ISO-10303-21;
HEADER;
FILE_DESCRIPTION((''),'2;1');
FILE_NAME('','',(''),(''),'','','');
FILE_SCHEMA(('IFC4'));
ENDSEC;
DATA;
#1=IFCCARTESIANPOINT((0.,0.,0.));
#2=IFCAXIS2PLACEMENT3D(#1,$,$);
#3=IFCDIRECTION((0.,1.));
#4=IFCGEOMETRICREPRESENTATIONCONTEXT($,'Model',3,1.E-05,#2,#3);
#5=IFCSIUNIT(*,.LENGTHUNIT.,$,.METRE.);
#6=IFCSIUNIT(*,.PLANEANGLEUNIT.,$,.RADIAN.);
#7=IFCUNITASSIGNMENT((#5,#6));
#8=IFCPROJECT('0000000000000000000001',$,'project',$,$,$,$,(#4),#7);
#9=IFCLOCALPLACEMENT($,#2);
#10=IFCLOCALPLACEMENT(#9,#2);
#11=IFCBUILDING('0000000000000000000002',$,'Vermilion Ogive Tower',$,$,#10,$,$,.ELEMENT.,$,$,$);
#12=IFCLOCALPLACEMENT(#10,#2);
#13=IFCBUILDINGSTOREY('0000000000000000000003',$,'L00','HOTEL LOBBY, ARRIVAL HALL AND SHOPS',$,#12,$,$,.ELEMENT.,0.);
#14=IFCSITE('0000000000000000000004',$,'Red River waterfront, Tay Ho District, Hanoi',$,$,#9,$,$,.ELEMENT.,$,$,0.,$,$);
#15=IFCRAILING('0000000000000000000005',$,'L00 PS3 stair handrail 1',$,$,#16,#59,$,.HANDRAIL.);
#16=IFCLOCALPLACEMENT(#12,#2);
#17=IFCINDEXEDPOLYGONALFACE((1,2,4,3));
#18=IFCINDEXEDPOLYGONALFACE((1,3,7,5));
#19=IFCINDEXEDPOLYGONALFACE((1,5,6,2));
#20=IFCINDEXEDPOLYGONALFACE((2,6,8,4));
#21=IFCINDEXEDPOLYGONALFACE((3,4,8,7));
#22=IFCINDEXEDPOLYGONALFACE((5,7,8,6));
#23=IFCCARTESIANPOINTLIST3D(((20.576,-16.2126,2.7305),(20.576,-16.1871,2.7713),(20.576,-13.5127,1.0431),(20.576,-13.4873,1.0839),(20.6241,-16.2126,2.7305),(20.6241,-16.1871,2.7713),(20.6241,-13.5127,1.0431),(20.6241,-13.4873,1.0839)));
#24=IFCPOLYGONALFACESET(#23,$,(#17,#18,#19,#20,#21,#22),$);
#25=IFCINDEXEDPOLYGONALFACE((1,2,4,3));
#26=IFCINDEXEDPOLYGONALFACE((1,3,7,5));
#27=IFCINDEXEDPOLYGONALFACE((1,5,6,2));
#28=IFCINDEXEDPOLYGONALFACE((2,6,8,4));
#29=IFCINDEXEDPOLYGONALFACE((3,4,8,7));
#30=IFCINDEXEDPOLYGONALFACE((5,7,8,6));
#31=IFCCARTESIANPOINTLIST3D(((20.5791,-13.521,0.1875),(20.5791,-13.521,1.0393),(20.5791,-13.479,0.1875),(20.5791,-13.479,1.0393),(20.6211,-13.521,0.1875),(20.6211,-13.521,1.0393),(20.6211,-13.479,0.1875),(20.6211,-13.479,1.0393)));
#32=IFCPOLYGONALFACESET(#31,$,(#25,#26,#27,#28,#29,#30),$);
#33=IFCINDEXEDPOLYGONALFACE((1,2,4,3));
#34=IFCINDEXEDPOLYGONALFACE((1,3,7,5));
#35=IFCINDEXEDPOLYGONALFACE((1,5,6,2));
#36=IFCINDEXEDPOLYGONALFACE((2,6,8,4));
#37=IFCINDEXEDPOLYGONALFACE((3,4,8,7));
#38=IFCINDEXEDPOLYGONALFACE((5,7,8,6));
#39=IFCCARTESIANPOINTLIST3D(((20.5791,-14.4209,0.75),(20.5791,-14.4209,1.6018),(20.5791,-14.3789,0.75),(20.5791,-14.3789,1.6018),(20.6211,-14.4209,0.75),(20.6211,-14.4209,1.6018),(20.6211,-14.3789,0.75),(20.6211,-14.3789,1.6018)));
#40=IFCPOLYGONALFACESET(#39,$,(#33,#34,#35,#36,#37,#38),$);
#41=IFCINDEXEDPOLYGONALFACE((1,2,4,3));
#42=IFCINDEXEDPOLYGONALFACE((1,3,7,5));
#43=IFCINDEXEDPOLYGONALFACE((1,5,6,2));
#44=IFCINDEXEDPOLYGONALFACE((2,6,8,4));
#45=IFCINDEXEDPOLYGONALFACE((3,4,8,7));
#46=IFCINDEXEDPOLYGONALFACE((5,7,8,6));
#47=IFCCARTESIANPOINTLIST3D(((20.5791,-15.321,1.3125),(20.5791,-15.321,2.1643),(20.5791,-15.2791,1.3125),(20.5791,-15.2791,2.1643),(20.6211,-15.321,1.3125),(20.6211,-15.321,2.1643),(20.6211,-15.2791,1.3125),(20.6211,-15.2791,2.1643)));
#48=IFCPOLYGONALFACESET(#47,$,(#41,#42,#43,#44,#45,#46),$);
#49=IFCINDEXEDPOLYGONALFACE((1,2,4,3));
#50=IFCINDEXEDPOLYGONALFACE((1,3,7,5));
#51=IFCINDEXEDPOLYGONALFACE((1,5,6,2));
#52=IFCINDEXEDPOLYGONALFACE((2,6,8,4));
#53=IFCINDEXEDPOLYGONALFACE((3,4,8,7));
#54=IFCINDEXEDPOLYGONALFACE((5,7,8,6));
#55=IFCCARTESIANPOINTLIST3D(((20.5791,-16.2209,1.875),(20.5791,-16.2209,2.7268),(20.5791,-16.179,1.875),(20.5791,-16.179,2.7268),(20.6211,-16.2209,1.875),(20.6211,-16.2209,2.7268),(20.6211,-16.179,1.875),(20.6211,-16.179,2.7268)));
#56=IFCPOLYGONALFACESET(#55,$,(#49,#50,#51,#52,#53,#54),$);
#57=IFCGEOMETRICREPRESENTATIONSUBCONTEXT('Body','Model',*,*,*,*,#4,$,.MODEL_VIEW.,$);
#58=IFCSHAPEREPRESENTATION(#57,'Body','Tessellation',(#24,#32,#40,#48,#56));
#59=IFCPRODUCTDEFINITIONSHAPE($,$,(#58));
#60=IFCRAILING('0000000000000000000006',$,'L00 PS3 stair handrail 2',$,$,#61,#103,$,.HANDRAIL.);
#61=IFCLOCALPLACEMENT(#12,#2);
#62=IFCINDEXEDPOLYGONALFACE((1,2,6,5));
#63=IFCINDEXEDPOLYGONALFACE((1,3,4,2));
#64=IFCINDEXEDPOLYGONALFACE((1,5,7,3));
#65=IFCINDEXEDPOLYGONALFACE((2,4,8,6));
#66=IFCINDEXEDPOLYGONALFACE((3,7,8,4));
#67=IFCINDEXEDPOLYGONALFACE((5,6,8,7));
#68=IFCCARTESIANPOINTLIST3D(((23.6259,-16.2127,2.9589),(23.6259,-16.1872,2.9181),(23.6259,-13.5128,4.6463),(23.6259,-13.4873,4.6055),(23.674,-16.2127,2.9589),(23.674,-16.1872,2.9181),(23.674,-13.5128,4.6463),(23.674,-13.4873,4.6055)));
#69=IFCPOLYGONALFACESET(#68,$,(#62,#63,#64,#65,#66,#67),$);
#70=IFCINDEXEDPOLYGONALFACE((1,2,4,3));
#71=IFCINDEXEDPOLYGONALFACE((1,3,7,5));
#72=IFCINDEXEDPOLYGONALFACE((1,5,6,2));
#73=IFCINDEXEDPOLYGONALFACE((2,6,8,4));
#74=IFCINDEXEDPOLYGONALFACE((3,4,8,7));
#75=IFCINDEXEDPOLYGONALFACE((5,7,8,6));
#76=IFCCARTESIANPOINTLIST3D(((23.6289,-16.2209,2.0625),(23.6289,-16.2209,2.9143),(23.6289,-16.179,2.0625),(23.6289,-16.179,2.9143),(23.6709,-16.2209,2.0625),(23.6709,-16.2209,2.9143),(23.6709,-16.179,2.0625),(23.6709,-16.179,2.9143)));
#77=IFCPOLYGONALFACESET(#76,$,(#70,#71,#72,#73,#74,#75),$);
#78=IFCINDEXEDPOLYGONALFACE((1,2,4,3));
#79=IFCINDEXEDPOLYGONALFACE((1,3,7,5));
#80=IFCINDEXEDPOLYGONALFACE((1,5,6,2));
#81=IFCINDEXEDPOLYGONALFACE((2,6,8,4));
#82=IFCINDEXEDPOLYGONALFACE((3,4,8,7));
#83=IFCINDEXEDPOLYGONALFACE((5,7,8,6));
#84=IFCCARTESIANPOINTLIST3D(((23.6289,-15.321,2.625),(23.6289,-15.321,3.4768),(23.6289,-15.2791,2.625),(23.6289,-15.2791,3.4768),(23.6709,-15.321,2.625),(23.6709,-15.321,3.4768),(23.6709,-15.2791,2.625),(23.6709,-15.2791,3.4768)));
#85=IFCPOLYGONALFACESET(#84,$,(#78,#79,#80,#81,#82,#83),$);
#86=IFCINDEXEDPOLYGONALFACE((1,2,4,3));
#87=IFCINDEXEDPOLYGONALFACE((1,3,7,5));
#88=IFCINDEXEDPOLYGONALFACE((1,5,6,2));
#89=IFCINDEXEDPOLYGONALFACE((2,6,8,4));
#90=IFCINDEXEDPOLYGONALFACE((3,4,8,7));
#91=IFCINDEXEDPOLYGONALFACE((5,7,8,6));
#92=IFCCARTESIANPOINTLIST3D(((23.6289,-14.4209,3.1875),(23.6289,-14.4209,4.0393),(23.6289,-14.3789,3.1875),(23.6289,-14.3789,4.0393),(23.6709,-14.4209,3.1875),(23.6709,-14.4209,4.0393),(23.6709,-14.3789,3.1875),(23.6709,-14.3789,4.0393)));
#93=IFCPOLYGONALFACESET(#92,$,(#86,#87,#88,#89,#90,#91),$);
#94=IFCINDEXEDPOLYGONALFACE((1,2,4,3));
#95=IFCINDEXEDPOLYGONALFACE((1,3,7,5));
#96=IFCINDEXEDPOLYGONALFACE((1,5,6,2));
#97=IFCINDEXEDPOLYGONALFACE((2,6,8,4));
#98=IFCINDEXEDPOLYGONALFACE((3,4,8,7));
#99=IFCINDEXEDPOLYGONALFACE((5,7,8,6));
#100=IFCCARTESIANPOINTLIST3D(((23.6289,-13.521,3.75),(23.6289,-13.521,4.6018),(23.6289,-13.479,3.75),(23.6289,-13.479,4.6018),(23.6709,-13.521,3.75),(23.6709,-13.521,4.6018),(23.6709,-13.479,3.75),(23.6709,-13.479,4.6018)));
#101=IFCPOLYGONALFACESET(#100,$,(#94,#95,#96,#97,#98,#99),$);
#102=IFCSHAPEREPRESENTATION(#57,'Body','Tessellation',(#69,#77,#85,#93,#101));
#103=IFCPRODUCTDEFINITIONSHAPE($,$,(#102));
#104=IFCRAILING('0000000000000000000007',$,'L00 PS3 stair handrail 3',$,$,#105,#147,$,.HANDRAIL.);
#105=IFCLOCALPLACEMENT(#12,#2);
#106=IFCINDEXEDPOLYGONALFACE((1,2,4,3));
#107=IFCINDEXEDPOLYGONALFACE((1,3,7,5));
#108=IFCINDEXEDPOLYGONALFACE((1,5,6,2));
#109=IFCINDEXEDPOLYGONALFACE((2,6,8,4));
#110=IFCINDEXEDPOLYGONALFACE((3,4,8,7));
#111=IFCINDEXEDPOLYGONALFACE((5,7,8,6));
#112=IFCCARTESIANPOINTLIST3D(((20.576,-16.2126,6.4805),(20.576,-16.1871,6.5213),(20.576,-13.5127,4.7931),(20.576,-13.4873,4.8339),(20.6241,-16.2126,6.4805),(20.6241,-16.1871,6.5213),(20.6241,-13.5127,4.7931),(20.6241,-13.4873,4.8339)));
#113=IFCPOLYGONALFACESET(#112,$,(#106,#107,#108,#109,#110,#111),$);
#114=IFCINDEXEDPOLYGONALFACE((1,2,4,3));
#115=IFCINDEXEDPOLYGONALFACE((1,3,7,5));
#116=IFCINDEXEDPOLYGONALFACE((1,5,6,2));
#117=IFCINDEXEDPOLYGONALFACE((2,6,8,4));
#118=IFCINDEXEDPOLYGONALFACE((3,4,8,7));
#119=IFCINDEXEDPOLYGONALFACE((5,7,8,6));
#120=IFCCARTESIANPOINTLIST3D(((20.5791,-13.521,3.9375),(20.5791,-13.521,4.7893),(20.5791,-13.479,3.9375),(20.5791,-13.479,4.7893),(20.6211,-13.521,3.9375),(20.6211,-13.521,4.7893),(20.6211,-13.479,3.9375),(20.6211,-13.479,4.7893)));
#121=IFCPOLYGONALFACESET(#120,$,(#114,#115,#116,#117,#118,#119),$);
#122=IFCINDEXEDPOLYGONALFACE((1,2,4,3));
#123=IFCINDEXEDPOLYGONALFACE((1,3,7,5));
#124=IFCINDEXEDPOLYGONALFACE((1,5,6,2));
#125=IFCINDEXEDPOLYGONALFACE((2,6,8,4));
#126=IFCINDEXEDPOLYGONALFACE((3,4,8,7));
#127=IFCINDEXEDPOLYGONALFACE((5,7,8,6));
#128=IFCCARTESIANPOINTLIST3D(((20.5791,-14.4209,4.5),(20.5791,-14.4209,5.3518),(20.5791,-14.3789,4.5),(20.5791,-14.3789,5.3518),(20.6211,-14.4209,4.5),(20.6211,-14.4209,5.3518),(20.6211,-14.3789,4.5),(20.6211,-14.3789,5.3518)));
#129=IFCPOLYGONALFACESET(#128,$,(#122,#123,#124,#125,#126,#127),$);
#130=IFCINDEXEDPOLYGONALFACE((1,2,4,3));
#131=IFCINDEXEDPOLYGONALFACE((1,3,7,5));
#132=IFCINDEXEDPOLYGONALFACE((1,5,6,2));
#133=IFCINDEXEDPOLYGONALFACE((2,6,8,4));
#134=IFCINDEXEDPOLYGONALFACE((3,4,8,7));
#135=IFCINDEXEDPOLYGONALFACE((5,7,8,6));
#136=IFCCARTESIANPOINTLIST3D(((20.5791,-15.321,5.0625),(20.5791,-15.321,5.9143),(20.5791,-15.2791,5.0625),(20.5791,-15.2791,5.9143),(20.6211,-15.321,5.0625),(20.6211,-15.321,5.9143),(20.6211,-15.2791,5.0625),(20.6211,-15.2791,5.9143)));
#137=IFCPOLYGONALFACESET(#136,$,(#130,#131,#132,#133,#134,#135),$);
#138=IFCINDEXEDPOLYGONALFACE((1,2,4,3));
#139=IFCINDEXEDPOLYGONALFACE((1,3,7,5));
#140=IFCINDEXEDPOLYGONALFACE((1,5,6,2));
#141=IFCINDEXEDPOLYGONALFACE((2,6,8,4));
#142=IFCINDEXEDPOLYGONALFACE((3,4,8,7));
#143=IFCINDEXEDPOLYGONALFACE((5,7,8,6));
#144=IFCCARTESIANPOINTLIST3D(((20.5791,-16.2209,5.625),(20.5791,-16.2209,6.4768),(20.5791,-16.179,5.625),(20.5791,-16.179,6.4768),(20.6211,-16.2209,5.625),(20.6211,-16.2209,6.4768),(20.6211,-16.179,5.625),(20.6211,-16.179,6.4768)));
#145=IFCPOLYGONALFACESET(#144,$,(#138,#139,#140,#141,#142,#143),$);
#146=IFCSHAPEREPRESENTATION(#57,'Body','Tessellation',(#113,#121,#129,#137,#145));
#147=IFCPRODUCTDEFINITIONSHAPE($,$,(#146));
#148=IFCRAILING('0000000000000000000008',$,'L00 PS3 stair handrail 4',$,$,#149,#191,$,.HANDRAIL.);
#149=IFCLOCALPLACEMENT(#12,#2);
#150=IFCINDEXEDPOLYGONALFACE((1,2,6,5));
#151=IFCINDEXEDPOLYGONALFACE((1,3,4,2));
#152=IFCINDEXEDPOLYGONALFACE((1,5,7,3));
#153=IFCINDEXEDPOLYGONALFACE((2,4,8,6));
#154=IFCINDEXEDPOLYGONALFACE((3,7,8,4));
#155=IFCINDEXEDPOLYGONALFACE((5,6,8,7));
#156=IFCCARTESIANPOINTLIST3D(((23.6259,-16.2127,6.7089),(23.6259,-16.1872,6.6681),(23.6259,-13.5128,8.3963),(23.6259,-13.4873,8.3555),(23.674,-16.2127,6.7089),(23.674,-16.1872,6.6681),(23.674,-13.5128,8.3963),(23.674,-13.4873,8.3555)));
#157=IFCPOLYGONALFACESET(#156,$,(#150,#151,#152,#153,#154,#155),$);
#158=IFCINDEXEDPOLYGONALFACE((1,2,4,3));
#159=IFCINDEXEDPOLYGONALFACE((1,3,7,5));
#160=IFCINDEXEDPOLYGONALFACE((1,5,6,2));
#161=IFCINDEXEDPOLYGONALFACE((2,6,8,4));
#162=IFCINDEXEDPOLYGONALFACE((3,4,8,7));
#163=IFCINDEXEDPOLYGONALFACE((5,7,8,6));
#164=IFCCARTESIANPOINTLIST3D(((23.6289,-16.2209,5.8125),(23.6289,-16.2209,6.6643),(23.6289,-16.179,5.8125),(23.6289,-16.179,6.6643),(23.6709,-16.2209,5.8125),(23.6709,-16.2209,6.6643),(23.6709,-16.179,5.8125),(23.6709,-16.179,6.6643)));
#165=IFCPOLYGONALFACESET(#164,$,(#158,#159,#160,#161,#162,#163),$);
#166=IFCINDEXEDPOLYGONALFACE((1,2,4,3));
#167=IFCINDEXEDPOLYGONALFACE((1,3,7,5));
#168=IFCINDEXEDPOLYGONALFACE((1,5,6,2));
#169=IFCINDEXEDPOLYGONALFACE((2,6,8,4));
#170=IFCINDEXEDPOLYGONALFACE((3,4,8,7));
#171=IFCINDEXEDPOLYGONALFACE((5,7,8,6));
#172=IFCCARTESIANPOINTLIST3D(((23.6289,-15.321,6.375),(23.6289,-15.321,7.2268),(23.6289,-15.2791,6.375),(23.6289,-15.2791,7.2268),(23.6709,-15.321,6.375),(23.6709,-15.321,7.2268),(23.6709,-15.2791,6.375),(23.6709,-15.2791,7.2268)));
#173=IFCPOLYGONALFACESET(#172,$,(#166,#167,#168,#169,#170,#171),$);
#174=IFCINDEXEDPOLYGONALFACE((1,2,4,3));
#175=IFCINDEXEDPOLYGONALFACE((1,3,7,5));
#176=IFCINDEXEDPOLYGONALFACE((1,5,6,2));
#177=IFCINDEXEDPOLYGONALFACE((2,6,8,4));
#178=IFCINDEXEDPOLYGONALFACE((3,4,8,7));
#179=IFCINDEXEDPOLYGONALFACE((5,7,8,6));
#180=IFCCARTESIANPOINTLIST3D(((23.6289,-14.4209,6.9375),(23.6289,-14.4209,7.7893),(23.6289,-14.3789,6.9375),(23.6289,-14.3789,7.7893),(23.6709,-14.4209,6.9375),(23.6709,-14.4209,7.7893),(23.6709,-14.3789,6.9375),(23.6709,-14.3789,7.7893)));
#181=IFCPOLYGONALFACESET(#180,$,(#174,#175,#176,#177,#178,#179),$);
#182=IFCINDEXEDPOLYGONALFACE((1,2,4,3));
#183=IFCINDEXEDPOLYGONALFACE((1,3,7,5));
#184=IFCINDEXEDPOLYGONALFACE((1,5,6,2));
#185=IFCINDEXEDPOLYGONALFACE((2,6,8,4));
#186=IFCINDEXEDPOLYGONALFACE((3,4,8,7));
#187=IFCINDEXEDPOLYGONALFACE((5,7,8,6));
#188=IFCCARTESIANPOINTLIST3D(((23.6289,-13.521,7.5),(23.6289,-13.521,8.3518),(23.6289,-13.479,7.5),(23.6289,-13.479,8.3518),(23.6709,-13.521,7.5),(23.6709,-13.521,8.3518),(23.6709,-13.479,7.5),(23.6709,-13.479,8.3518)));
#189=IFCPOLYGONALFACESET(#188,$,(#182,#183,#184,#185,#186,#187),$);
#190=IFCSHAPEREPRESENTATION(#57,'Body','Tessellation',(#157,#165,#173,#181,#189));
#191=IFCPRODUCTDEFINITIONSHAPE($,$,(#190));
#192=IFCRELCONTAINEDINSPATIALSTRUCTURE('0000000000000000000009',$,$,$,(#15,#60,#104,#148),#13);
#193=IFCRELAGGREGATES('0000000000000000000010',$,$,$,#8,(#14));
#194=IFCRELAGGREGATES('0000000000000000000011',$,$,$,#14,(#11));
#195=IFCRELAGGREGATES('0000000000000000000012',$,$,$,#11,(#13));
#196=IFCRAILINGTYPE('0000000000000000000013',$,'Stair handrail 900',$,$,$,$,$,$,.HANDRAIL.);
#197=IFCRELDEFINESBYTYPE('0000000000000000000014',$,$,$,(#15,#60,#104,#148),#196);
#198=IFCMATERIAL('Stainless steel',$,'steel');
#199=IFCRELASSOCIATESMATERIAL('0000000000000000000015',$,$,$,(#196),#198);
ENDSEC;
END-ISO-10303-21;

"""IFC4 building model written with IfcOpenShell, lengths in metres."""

from ifc_helpers import new_model, si_unit, direction, frame, origin, origin_2d, place, context, subcontext, project, spatial, rectangle, extrude, material, type_object, element, save


model = new_model("IFC4")

# Units and contexts
model_context = context("Model", 3, precision=1e-05, world=origin(), true_north=direction((0.0, 1.0)))
body_context = subcontext(model_context, "Body", "Model", "MODEL_VIEW")
ifc_project = project(units=[si_unit("LENGTHUNIT", "METRE"), si_unit("PLANEANGLEUNIT", "RADIAN")], contexts=[model_context])

# Site, building, storey
site_placement = place(None, origin())
site = spatial("IfcSite", under=ifc_project, at=site_placement, Name="Red River waterfront, Tay Ho District, Hanoi", CompositionType="ELEMENT", RefElevation=0.0)
building_placement = place(site_placement, origin())
building = spatial("IfcBuilding", under=site, at=building_placement, Name="Vermilion Ogive Tower", CompositionType="ELEMENT")
storey_placement = place(building_placement, origin())
storey = spatial("IfcBuildingStorey", under=building, at=storey_placement, Name="L00", Description="HOTEL LOBBY, ARRIVAL HALL AND SHOPS", CompositionType="ELEMENT", Elevation=0.0)

# Railings
ifc_material_1 = material(Name="Stainless steel", Category="steel")
railing_type_1 = type_object("IfcRailingType", Name="Stair handrail 900", PredefinedType="HANDRAIL", material=ifc_material_1)
railing_1_placement = place(storey_placement, frame((20.6001, -13.5, 0.1875)))
element("IfcRailing", 1, at=railing_1_placement, inside=storey, type_object=railing_type_1, Name="L00 PS3 stair handrail 1", PredefinedType="HANDRAIL", context=body_context, shape_type="SweptSolid", body=[
    extrude(rectangle(XDim=0.0481, YDim=0.0481, at=origin_2d()), frame((0.0, 0.0, 0.876), z_axis=(0.0, -0.847994, 0.530006), x_axis=(1.0, 0.0, 0.0)), (0.0, 0.0, 1.0), 3.1838),
    extrude(rectangle(XDim=0.042, YDim=0.042, at=origin_2d()), origin(), (0.0, 0.0, 1.0), 0.8518),
    extrude(rectangle(XDim=0.042, YDim=0.042, at=origin_2d()), frame((0.0, -0.8999, 0.5625)), (0.0, 0.0, 1.0), 0.8518),
    extrude(rectangle(XDim=0.042, YDim=0.042, at=origin_2d()), frame((0.0, -1.8, 1.125)), (0.0, 0.0, 1.0), 0.8518),
    extrude(rectangle(XDim=0.042, YDim=0.042, at=origin_2d()), frame((0.0, -2.7, 1.6875)), (0.0, 0.0, 1.0), 0.8518),
])
railing_2_placement = place(storey_placement, frame((23.6499, -16.2, 2.0625)))
element("IfcRailing", 2, at=railing_2_placement, inside=storey, type_object=railing_type_1, Name="L00 PS3 stair handrail 2", PredefinedType="HANDRAIL", context=body_context, shape_type="SweptSolid", body=[
    extrude(rectangle(XDim=0.0481, YDim=0.0481, at=origin_2d()), frame((0.0, 0.0, 0.876), z_axis=(0.0, 0.847994, 0.530006), x_axis=(-1.0, 0.0, 0.0)), (0.0, 0.0, 1.0), 3.1838),
    extrude(rectangle(XDim=0.042, YDim=0.042, at=origin_2d()), origin(), (0.0, 0.0, 1.0), 0.8518),
    extrude(rectangle(XDim=0.042, YDim=0.042, at=origin_2d()), frame((0.0, 0.8999, 0.5625)), (0.0, 0.0, 1.0), 0.8518),
    extrude(rectangle(XDim=0.042, YDim=0.042, at=origin_2d()), frame((0.0, 1.8, 1.125)), (0.0, 0.0, 1.0), 0.8518),
    extrude(rectangle(XDim=0.042, YDim=0.042, at=origin_2d()), frame((0.0, 2.7, 1.6875)), (0.0, 0.0, 1.0), 0.8518),
])
railing_3_placement = place(storey_placement, frame((20.6001, -13.5, 3.9375)))
element("IfcRailing", 3, at=railing_3_placement, inside=storey, type_object=railing_type_1, Name="L00 PS3 stair handrail 3", PredefinedType="HANDRAIL", context=body_context, shape_type="SweptSolid", body=[
    extrude(rectangle(XDim=0.0481, YDim=0.0481, at=origin_2d()), frame((0.0, 0.0, 0.876), z_axis=(0.0, -0.847994, 0.530006), x_axis=(1.0, 0.0, 0.0)), (0.0, 0.0, 1.0), 3.1838),
    extrude(rectangle(XDim=0.042, YDim=0.042, at=origin_2d()), origin(), (0.0, 0.0, 1.0), 0.8518),
    extrude(rectangle(XDim=0.042, YDim=0.042, at=origin_2d()), frame((0.0, -0.8999, 0.5625)), (0.0, 0.0, 1.0), 0.8518),
    extrude(rectangle(XDim=0.042, YDim=0.042, at=origin_2d()), frame((0.0, -1.8, 1.125)), (0.0, 0.0, 1.0), 0.8518),
    extrude(rectangle(XDim=0.042, YDim=0.042, at=origin_2d()), frame((0.0, -2.7, 1.6875)), (0.0, 0.0, 1.0), 0.8518),
])
railing_4_placement = place(storey_placement, frame((23.6499, -16.2, 5.8125)))
element("IfcRailing", 4, at=railing_4_placement, inside=storey, type_object=railing_type_1, Name="L00 PS3 stair handrail 4", PredefinedType="HANDRAIL", context=body_context, shape_type="SweptSolid", body=[
    extrude(rectangle(XDim=0.0481, YDim=0.0481, at=origin_2d()), frame((0.0, 0.0, 0.876), z_axis=(0.0, 0.847994, 0.530006), x_axis=(-1.0, 0.0, 0.0)), (0.0, 0.0, 1.0), 3.1838),
    extrude(rectangle(XDim=0.042, YDim=0.042, at=origin_2d()), origin(), (0.0, 0.0, 1.0), 0.8518),
    extrude(rectangle(XDim=0.042, YDim=0.042, at=origin_2d()), frame((0.0, 0.8999, 0.5625)), (0.0, 0.0, 1.0), 0.8518),
    extrude(rectangle(XDim=0.042, YDim=0.042, at=origin_2d()), frame((0.0, 1.8, 1.125)), (0.0, 0.0, 1.0), 0.8518),
    extrude(rectangle(XDim=0.042, YDim=0.042, at=origin_2d()), frame((0.0, 2.7, 1.6875)), (0.0, 0.0, 1.0), 0.8518),
])

save(model, "model.ifc")
